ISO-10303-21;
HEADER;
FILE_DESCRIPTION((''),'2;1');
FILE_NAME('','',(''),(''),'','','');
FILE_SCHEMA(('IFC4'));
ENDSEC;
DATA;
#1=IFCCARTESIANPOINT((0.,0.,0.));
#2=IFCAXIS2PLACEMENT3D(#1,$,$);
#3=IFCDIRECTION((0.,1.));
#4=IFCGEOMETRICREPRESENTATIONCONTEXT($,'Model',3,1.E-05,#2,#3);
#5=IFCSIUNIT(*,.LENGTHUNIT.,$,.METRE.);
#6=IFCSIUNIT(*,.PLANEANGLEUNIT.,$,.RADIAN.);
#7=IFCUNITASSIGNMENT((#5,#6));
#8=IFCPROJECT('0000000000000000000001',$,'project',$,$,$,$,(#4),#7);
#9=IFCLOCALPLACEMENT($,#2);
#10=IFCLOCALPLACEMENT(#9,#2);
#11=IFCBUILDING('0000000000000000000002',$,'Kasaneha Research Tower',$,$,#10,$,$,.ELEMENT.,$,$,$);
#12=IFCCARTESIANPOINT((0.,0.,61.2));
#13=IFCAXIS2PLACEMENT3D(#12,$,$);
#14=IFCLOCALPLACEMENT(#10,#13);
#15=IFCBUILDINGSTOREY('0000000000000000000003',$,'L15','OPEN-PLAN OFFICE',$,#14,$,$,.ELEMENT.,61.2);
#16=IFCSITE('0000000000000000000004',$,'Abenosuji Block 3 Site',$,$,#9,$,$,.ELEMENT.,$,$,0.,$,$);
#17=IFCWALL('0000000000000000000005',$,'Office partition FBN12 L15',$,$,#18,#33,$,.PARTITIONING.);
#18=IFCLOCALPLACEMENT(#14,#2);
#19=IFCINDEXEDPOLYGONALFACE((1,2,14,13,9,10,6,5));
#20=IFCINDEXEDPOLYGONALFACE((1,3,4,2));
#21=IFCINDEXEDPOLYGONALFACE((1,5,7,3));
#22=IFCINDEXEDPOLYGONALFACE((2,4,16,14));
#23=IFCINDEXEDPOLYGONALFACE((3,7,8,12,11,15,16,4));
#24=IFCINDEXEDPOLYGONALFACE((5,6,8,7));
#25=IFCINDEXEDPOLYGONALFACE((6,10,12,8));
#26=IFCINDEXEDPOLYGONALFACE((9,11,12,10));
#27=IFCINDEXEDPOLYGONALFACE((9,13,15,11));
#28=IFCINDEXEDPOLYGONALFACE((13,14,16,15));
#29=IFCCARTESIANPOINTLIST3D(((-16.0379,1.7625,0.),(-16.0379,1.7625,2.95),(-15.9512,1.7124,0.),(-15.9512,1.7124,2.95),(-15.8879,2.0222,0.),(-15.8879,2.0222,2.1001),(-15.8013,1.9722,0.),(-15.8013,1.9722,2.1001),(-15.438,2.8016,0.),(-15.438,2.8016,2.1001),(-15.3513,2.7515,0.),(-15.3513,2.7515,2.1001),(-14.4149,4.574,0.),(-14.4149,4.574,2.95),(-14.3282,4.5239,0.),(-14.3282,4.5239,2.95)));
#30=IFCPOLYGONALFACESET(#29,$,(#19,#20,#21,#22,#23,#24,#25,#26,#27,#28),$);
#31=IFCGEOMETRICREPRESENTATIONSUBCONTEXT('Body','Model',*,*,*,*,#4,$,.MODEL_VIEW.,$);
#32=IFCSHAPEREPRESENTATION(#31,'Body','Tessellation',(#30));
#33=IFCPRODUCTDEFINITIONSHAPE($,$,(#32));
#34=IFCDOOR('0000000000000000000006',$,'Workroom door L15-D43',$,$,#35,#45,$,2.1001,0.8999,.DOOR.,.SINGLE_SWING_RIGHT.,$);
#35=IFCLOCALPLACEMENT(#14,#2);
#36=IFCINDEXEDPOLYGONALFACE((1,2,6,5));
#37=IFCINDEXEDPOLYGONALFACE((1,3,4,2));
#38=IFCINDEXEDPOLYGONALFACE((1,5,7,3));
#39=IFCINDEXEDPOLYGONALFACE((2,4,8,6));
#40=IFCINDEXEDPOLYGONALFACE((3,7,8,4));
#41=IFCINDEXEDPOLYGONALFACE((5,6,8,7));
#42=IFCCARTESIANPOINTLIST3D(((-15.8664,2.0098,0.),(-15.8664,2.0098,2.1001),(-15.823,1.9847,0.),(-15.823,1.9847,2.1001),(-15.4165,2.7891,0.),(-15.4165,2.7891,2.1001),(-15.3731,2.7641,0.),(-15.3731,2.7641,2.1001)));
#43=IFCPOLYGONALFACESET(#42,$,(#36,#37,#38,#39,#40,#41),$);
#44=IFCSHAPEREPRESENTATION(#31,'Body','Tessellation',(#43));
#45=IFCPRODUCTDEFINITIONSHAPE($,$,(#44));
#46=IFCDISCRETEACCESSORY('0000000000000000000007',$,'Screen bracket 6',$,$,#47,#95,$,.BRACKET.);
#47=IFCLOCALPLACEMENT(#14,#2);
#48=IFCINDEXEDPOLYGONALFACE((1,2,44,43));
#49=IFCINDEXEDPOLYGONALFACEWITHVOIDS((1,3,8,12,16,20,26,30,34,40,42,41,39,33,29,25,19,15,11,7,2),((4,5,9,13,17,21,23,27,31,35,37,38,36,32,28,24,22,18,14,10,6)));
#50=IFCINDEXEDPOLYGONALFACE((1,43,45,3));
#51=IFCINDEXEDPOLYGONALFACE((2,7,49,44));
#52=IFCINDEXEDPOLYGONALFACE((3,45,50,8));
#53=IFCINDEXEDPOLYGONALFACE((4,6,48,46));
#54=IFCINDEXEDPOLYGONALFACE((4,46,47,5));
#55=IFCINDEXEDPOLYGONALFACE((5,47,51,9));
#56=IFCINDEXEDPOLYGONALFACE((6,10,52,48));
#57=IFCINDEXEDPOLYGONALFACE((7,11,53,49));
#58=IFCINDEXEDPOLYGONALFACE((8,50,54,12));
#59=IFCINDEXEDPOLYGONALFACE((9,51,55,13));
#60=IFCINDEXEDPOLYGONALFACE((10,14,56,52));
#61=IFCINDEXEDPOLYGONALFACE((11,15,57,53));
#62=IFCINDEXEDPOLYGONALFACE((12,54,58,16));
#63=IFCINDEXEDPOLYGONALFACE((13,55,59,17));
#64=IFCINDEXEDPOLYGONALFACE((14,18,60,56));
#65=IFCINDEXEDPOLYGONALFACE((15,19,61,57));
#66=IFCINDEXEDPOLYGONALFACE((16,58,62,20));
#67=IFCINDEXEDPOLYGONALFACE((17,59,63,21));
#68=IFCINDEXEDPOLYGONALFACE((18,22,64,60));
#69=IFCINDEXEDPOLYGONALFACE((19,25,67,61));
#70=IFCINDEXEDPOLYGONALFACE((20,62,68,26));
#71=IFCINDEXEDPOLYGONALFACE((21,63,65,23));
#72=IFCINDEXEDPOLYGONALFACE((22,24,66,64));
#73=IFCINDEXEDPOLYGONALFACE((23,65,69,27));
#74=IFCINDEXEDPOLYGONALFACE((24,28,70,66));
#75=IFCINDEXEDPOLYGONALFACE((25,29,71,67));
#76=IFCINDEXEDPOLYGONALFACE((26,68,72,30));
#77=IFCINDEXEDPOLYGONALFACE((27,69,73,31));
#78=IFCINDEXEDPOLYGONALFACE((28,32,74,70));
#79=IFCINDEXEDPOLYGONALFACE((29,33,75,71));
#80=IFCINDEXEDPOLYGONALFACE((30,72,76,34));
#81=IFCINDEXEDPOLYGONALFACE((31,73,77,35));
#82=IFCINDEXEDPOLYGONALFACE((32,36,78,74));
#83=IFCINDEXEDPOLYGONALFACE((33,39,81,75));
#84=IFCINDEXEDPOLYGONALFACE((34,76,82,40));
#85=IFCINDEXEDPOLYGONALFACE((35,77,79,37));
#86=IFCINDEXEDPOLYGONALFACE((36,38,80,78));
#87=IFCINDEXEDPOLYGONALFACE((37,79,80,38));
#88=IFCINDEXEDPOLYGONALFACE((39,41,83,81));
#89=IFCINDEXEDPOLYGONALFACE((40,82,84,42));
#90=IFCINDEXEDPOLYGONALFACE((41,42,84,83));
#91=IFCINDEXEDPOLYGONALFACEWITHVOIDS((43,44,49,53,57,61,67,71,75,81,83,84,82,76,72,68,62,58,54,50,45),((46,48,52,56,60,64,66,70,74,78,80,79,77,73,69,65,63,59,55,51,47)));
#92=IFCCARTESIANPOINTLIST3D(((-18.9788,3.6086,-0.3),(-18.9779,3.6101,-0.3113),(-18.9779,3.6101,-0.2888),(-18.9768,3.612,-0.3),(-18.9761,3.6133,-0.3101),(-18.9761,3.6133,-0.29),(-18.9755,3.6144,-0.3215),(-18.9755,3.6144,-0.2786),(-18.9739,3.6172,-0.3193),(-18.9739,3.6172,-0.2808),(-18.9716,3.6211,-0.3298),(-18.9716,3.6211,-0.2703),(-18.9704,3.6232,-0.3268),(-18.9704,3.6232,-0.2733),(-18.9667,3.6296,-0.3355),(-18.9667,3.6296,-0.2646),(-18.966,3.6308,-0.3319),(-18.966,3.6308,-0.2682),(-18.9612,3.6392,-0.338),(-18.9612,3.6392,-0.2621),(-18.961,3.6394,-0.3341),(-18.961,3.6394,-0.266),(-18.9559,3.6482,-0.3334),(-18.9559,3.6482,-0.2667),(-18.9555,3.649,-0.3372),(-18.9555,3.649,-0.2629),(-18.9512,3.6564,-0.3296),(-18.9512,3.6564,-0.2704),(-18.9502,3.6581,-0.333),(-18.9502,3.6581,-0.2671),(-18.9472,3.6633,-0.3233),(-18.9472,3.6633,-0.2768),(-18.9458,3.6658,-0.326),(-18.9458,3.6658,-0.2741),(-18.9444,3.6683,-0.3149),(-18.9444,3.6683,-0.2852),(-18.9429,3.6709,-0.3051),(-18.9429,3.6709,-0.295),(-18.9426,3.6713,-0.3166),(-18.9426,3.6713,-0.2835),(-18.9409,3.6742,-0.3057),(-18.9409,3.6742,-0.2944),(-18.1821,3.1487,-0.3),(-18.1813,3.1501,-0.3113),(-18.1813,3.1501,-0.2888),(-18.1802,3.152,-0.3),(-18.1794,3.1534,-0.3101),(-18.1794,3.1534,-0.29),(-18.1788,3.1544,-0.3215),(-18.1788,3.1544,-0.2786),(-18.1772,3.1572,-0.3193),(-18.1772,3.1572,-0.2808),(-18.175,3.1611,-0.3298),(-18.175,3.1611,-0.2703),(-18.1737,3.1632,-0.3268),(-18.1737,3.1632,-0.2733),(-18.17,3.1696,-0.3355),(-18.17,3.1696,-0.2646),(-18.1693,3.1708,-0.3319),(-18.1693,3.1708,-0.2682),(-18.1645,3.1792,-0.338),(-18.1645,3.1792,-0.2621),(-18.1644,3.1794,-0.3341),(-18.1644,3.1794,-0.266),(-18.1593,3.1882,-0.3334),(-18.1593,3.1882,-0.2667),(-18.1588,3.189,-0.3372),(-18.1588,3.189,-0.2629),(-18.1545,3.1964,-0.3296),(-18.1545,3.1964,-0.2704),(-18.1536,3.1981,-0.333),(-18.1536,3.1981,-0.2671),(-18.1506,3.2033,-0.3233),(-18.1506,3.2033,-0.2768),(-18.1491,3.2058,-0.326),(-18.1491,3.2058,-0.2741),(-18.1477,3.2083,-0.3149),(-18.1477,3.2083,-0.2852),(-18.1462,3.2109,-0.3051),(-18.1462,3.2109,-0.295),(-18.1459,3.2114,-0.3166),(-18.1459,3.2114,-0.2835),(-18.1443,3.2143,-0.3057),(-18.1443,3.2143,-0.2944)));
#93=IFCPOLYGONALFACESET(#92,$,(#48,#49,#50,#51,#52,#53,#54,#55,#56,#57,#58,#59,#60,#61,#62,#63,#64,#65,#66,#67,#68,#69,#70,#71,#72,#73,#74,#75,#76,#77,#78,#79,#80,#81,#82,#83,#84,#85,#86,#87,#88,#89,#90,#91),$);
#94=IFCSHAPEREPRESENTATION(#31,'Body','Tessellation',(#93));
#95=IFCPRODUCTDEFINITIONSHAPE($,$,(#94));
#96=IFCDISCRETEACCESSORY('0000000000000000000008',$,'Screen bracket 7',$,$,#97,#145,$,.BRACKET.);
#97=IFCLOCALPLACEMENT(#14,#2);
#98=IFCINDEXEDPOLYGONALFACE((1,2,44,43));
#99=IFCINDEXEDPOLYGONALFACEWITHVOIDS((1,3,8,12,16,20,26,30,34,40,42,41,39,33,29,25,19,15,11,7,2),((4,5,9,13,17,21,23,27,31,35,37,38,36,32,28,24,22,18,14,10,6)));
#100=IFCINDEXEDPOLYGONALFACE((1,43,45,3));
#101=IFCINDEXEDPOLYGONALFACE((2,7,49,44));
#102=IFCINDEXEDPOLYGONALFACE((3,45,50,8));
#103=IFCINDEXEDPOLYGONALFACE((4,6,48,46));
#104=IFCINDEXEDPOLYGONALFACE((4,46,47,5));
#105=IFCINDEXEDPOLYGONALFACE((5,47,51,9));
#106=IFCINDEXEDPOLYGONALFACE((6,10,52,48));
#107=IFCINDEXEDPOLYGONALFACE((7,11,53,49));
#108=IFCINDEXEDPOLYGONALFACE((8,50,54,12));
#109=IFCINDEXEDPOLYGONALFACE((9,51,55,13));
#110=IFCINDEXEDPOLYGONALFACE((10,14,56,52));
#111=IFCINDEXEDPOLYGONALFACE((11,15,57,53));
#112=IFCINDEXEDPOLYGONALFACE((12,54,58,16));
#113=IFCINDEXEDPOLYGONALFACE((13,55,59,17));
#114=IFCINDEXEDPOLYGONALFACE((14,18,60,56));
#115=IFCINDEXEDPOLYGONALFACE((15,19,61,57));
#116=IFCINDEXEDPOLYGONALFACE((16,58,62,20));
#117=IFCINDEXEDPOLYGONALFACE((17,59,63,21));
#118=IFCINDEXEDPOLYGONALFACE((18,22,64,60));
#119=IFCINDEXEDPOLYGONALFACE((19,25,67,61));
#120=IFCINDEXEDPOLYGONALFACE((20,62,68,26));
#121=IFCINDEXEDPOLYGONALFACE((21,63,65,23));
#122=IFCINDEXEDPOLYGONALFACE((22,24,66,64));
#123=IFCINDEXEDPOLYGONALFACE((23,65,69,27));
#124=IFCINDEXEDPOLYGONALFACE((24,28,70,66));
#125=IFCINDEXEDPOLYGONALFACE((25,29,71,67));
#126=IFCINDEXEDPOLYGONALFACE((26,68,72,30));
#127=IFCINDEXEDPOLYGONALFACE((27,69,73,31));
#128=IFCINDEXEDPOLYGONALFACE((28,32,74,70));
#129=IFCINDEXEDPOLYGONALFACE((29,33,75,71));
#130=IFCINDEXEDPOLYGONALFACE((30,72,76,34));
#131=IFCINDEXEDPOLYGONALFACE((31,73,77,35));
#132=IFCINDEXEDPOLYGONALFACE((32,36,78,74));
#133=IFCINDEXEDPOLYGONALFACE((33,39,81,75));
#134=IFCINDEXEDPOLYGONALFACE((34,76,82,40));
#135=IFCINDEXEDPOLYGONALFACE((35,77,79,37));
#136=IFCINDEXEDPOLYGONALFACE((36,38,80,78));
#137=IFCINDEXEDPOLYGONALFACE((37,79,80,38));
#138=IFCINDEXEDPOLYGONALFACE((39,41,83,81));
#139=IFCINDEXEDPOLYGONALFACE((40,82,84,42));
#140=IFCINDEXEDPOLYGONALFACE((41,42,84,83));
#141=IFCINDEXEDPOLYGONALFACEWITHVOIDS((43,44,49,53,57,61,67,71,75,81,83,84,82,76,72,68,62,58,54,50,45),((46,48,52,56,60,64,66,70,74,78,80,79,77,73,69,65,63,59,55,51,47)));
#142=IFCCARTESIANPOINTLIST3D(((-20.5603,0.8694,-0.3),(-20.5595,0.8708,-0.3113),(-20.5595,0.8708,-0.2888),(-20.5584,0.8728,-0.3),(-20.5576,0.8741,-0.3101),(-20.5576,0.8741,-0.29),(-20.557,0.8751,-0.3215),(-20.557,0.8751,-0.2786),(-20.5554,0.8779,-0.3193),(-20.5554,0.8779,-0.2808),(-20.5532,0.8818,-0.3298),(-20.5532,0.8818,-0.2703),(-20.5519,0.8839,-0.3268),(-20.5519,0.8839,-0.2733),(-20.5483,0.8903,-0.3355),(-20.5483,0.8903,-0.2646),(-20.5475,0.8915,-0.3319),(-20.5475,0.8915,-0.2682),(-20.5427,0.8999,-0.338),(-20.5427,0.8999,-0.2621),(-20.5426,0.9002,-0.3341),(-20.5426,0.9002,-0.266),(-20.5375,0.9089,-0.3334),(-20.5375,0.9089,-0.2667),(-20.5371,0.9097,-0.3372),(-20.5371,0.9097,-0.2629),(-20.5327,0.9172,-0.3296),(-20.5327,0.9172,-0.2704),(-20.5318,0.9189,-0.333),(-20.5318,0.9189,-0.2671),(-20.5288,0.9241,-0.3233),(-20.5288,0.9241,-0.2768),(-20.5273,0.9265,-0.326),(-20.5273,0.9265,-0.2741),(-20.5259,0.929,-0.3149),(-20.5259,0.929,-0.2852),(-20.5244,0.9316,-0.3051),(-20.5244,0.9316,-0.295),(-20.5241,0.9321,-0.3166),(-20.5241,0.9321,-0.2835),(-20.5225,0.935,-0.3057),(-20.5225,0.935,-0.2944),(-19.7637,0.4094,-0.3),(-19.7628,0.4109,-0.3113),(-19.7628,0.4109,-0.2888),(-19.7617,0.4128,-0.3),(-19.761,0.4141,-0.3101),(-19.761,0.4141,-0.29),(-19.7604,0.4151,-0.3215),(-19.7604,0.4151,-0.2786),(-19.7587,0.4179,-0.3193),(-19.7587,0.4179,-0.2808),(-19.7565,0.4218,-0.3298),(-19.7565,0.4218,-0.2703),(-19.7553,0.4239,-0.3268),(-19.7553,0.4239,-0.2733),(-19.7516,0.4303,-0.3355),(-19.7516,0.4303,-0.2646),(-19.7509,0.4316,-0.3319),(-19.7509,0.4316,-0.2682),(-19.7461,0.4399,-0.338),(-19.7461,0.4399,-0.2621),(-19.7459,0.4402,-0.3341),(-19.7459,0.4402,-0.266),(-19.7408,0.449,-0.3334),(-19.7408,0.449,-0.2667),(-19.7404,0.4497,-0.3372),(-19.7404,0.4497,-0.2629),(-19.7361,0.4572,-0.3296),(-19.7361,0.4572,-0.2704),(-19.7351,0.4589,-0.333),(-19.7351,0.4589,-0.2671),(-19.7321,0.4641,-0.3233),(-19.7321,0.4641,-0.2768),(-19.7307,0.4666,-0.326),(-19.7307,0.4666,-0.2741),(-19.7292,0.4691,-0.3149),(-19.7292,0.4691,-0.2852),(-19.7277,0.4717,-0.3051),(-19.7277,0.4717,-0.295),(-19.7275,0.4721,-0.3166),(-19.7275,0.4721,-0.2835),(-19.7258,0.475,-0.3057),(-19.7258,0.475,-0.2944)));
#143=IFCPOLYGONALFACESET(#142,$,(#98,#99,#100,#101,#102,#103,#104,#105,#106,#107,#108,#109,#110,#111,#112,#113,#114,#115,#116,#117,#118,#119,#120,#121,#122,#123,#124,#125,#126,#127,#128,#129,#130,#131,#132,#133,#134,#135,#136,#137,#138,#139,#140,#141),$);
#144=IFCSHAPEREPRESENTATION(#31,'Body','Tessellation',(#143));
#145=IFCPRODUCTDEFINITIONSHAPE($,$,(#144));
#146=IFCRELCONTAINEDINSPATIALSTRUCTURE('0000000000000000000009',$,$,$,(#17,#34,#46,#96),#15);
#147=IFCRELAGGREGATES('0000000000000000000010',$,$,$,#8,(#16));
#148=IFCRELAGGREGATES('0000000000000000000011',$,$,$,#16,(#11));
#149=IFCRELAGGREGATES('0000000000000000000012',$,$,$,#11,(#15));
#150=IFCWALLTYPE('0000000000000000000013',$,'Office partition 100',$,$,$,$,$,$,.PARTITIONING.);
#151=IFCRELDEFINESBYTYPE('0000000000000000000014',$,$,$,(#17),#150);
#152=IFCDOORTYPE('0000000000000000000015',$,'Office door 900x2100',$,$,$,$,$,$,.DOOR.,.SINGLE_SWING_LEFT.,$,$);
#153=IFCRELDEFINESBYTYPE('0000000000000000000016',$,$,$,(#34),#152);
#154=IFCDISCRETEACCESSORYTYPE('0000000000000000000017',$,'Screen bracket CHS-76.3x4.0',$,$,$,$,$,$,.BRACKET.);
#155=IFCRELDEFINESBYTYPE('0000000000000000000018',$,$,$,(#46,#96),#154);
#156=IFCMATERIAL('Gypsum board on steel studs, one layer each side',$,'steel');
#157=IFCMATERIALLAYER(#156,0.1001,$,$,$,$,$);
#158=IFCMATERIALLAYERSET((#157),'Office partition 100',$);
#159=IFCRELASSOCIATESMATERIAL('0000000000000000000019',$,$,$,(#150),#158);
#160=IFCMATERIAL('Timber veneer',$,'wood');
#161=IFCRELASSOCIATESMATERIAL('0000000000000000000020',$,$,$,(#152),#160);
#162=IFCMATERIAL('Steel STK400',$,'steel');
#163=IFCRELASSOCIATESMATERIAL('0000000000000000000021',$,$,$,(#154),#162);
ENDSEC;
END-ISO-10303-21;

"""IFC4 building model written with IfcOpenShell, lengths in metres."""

from ifc_helpers import new_model, si_unit, direction, frame, frame_2d, origin, origin_2d, place, context, subcontext, project, spatial, rectangle, hollow_circle, extrude, material, layer, layer_set, material_profile, profile_set, type_object, element, fill, save


model = new_model("IFC4")

# Units and contexts
model_context = context("Model", 3, precision=1e-05, world=origin(), true_north=direction((0.0, 1.0)))
body_context = subcontext(model_context, "Body", "Model", "MODEL_VIEW")
ifc_project = project(units=[si_unit("LENGTHUNIT", "METRE"), si_unit("PLANEANGLEUNIT", "RADIAN")], contexts=[model_context])

# Site, building, storey
site_placement = place(None, origin())
site = spatial("IfcSite", under=ifc_project, at=site_placement, Name="Abenosuji Block 3 Site", CompositionType="ELEMENT", RefElevation=0.0)
building_placement = place(site_placement, origin())
building = spatial("IfcBuilding", under=site, at=building_placement, Name="Kasaneha Research Tower", CompositionType="ELEMENT")
storey_placement = place(building_placement, frame((0.0, 0.0, 61.2)))
storey = spatial("IfcBuildingStorey", under=building, at=storey_placement, Name="L15", Description="OPEN-PLAN OFFICE", CompositionType="ELEMENT", Elevation=61.2)

# Shared definitions
ifc_material_1 = material(Name="Gypsum board on steel studs, one layer each side", Category="steel")
ifc_layer_1 = layer(ifc_material_1, 0.1001)
ifc_layer_set_1 = layer_set([ifc_layer_1], Name="Office partition 100")
wall_type_1 = type_object("IfcWallType", Name="Office partition 100", PredefinedType="PARTITIONING", material=ifc_layer_set_1)

# Wall, opening, door
wall_1_placement = place(storey_placement, frame((-14.3716, 4.5488, 0.0), z_axis=(0.0, 0.0, 1.0), x_axis=(-0.499957, -0.86605, 0.0)))
wall_1 = element("IfcWall", 1, at=wall_1_placement, inside=storey, type_object=wall_type_1, Name="Office partition FBN12 L15", PredefinedType="PARTITIONING", context=body_context, shape_type="SweptSolid", body=[
    extrude(rectangle(XDim=3.2463, YDim=0.1001, at=frame_2d((1.623, 0.0))), origin(), (0.0, 0.0, 1.0), 2.95),
])
opening_1_placement = place(wall_1_placement, frame((2.0464, 0.0, 0.0)))
opening_1 = element("IfcOpeningElement", 2, at=opening_1_placement, cuts=wall_1, PredefinedType="OPENING", context=body_context, shape_type="SweptSolid", body=[
    extrude(rectangle(XDim=0.8999, YDim=2.1001, at=frame_2d((0.45, 1.05))), frame((0.0, 0.0601, 0.0), z_axis=(0.0, -1.0, 0.0), x_axis=(1.0, 0.0, 0.0)), (0.0, 0.0, 1.0), 0.1201),
])
ifc_material_2 = material(Name="Timber veneer", Category="wood")
door_type_1 = type_object("IfcDoorType", Name="Office door 900x2100", OperationType="SINGLE_SWING_LEFT", PredefinedType="DOOR", material=ifc_material_2)
door_1_placement = place(opening_1_placement, origin())
door_1 = element("IfcDoor", 3, at=door_1_placement, inside=storey, type_object=door_type_1, Name="Workroom door L15-D43", OperationType="SINGLE_SWING_RIGHT", OverallHeight=2.1001, OverallWidth=0.8999, PredefinedType="DOOR", context=body_context, shape_type="SweptSolid", body=[
    extrude(rectangle(XDim=0.8999, YDim=2.1001, at=frame_2d((0.45, 1.05))), frame((0.0, 0.0249, 0.0), z_axis=(0.0, -1.0, 0.0), x_axis=(1.0, 0.0, 0.0)), (0.0, 0.0, 1.0), 0.05),
])
fill(opening_1, door_1)

# Discrete accessories
ifc_material_3 = material(Name="Steel STK400", Category="steel")
ifc_material_profile_1 = material_profile(ifc_material_3, hollow_circle(Radius=0.0381, WallThickness=0.0039, at=origin_2d()), Name="CHS-76.3x4.0")
ifc_profile_set_1 = profile_set([ifc_material_profile_1], Name="Steel STK400")
discrete_accessory_type = type_object("IfcDiscreteAccessoryType", Name="Screen bracket CHS-76.3x4.0", PredefinedType="BRACKET", material=ifc_profile_set_1)
for number, where, z_axis, x_axis, name in (
    (4, (-18.1631, 3.1816, -0.3), (-0.866013, 0.500021, 0.0), (-0.500021, -0.866013, 0.0), "Screen bracket 6"),
    (5, (-19.7446, 0.4424, -0.3), (-0.866013, 0.500021, 0.0), (-0.500021, -0.866013, 0.0), "Screen bracket 7"),
):
    element("IfcDiscreteAccessory", number, at=place(storey_placement, frame(where, z_axis=z_axis, x_axis=x_axis)), inside=storey, type_object=discrete_accessory_type, Name=name, PredefinedType="BRACKET", context=body_context, shape_type="SweptSolid", body=[
        extrude(hollow_circle(Radius=0.0381, WallThickness=0.0039, at=origin_2d()), origin(), (0.0, 0.0, 1.0), 0.9199),
    ])

save(model, "model.ifc")
